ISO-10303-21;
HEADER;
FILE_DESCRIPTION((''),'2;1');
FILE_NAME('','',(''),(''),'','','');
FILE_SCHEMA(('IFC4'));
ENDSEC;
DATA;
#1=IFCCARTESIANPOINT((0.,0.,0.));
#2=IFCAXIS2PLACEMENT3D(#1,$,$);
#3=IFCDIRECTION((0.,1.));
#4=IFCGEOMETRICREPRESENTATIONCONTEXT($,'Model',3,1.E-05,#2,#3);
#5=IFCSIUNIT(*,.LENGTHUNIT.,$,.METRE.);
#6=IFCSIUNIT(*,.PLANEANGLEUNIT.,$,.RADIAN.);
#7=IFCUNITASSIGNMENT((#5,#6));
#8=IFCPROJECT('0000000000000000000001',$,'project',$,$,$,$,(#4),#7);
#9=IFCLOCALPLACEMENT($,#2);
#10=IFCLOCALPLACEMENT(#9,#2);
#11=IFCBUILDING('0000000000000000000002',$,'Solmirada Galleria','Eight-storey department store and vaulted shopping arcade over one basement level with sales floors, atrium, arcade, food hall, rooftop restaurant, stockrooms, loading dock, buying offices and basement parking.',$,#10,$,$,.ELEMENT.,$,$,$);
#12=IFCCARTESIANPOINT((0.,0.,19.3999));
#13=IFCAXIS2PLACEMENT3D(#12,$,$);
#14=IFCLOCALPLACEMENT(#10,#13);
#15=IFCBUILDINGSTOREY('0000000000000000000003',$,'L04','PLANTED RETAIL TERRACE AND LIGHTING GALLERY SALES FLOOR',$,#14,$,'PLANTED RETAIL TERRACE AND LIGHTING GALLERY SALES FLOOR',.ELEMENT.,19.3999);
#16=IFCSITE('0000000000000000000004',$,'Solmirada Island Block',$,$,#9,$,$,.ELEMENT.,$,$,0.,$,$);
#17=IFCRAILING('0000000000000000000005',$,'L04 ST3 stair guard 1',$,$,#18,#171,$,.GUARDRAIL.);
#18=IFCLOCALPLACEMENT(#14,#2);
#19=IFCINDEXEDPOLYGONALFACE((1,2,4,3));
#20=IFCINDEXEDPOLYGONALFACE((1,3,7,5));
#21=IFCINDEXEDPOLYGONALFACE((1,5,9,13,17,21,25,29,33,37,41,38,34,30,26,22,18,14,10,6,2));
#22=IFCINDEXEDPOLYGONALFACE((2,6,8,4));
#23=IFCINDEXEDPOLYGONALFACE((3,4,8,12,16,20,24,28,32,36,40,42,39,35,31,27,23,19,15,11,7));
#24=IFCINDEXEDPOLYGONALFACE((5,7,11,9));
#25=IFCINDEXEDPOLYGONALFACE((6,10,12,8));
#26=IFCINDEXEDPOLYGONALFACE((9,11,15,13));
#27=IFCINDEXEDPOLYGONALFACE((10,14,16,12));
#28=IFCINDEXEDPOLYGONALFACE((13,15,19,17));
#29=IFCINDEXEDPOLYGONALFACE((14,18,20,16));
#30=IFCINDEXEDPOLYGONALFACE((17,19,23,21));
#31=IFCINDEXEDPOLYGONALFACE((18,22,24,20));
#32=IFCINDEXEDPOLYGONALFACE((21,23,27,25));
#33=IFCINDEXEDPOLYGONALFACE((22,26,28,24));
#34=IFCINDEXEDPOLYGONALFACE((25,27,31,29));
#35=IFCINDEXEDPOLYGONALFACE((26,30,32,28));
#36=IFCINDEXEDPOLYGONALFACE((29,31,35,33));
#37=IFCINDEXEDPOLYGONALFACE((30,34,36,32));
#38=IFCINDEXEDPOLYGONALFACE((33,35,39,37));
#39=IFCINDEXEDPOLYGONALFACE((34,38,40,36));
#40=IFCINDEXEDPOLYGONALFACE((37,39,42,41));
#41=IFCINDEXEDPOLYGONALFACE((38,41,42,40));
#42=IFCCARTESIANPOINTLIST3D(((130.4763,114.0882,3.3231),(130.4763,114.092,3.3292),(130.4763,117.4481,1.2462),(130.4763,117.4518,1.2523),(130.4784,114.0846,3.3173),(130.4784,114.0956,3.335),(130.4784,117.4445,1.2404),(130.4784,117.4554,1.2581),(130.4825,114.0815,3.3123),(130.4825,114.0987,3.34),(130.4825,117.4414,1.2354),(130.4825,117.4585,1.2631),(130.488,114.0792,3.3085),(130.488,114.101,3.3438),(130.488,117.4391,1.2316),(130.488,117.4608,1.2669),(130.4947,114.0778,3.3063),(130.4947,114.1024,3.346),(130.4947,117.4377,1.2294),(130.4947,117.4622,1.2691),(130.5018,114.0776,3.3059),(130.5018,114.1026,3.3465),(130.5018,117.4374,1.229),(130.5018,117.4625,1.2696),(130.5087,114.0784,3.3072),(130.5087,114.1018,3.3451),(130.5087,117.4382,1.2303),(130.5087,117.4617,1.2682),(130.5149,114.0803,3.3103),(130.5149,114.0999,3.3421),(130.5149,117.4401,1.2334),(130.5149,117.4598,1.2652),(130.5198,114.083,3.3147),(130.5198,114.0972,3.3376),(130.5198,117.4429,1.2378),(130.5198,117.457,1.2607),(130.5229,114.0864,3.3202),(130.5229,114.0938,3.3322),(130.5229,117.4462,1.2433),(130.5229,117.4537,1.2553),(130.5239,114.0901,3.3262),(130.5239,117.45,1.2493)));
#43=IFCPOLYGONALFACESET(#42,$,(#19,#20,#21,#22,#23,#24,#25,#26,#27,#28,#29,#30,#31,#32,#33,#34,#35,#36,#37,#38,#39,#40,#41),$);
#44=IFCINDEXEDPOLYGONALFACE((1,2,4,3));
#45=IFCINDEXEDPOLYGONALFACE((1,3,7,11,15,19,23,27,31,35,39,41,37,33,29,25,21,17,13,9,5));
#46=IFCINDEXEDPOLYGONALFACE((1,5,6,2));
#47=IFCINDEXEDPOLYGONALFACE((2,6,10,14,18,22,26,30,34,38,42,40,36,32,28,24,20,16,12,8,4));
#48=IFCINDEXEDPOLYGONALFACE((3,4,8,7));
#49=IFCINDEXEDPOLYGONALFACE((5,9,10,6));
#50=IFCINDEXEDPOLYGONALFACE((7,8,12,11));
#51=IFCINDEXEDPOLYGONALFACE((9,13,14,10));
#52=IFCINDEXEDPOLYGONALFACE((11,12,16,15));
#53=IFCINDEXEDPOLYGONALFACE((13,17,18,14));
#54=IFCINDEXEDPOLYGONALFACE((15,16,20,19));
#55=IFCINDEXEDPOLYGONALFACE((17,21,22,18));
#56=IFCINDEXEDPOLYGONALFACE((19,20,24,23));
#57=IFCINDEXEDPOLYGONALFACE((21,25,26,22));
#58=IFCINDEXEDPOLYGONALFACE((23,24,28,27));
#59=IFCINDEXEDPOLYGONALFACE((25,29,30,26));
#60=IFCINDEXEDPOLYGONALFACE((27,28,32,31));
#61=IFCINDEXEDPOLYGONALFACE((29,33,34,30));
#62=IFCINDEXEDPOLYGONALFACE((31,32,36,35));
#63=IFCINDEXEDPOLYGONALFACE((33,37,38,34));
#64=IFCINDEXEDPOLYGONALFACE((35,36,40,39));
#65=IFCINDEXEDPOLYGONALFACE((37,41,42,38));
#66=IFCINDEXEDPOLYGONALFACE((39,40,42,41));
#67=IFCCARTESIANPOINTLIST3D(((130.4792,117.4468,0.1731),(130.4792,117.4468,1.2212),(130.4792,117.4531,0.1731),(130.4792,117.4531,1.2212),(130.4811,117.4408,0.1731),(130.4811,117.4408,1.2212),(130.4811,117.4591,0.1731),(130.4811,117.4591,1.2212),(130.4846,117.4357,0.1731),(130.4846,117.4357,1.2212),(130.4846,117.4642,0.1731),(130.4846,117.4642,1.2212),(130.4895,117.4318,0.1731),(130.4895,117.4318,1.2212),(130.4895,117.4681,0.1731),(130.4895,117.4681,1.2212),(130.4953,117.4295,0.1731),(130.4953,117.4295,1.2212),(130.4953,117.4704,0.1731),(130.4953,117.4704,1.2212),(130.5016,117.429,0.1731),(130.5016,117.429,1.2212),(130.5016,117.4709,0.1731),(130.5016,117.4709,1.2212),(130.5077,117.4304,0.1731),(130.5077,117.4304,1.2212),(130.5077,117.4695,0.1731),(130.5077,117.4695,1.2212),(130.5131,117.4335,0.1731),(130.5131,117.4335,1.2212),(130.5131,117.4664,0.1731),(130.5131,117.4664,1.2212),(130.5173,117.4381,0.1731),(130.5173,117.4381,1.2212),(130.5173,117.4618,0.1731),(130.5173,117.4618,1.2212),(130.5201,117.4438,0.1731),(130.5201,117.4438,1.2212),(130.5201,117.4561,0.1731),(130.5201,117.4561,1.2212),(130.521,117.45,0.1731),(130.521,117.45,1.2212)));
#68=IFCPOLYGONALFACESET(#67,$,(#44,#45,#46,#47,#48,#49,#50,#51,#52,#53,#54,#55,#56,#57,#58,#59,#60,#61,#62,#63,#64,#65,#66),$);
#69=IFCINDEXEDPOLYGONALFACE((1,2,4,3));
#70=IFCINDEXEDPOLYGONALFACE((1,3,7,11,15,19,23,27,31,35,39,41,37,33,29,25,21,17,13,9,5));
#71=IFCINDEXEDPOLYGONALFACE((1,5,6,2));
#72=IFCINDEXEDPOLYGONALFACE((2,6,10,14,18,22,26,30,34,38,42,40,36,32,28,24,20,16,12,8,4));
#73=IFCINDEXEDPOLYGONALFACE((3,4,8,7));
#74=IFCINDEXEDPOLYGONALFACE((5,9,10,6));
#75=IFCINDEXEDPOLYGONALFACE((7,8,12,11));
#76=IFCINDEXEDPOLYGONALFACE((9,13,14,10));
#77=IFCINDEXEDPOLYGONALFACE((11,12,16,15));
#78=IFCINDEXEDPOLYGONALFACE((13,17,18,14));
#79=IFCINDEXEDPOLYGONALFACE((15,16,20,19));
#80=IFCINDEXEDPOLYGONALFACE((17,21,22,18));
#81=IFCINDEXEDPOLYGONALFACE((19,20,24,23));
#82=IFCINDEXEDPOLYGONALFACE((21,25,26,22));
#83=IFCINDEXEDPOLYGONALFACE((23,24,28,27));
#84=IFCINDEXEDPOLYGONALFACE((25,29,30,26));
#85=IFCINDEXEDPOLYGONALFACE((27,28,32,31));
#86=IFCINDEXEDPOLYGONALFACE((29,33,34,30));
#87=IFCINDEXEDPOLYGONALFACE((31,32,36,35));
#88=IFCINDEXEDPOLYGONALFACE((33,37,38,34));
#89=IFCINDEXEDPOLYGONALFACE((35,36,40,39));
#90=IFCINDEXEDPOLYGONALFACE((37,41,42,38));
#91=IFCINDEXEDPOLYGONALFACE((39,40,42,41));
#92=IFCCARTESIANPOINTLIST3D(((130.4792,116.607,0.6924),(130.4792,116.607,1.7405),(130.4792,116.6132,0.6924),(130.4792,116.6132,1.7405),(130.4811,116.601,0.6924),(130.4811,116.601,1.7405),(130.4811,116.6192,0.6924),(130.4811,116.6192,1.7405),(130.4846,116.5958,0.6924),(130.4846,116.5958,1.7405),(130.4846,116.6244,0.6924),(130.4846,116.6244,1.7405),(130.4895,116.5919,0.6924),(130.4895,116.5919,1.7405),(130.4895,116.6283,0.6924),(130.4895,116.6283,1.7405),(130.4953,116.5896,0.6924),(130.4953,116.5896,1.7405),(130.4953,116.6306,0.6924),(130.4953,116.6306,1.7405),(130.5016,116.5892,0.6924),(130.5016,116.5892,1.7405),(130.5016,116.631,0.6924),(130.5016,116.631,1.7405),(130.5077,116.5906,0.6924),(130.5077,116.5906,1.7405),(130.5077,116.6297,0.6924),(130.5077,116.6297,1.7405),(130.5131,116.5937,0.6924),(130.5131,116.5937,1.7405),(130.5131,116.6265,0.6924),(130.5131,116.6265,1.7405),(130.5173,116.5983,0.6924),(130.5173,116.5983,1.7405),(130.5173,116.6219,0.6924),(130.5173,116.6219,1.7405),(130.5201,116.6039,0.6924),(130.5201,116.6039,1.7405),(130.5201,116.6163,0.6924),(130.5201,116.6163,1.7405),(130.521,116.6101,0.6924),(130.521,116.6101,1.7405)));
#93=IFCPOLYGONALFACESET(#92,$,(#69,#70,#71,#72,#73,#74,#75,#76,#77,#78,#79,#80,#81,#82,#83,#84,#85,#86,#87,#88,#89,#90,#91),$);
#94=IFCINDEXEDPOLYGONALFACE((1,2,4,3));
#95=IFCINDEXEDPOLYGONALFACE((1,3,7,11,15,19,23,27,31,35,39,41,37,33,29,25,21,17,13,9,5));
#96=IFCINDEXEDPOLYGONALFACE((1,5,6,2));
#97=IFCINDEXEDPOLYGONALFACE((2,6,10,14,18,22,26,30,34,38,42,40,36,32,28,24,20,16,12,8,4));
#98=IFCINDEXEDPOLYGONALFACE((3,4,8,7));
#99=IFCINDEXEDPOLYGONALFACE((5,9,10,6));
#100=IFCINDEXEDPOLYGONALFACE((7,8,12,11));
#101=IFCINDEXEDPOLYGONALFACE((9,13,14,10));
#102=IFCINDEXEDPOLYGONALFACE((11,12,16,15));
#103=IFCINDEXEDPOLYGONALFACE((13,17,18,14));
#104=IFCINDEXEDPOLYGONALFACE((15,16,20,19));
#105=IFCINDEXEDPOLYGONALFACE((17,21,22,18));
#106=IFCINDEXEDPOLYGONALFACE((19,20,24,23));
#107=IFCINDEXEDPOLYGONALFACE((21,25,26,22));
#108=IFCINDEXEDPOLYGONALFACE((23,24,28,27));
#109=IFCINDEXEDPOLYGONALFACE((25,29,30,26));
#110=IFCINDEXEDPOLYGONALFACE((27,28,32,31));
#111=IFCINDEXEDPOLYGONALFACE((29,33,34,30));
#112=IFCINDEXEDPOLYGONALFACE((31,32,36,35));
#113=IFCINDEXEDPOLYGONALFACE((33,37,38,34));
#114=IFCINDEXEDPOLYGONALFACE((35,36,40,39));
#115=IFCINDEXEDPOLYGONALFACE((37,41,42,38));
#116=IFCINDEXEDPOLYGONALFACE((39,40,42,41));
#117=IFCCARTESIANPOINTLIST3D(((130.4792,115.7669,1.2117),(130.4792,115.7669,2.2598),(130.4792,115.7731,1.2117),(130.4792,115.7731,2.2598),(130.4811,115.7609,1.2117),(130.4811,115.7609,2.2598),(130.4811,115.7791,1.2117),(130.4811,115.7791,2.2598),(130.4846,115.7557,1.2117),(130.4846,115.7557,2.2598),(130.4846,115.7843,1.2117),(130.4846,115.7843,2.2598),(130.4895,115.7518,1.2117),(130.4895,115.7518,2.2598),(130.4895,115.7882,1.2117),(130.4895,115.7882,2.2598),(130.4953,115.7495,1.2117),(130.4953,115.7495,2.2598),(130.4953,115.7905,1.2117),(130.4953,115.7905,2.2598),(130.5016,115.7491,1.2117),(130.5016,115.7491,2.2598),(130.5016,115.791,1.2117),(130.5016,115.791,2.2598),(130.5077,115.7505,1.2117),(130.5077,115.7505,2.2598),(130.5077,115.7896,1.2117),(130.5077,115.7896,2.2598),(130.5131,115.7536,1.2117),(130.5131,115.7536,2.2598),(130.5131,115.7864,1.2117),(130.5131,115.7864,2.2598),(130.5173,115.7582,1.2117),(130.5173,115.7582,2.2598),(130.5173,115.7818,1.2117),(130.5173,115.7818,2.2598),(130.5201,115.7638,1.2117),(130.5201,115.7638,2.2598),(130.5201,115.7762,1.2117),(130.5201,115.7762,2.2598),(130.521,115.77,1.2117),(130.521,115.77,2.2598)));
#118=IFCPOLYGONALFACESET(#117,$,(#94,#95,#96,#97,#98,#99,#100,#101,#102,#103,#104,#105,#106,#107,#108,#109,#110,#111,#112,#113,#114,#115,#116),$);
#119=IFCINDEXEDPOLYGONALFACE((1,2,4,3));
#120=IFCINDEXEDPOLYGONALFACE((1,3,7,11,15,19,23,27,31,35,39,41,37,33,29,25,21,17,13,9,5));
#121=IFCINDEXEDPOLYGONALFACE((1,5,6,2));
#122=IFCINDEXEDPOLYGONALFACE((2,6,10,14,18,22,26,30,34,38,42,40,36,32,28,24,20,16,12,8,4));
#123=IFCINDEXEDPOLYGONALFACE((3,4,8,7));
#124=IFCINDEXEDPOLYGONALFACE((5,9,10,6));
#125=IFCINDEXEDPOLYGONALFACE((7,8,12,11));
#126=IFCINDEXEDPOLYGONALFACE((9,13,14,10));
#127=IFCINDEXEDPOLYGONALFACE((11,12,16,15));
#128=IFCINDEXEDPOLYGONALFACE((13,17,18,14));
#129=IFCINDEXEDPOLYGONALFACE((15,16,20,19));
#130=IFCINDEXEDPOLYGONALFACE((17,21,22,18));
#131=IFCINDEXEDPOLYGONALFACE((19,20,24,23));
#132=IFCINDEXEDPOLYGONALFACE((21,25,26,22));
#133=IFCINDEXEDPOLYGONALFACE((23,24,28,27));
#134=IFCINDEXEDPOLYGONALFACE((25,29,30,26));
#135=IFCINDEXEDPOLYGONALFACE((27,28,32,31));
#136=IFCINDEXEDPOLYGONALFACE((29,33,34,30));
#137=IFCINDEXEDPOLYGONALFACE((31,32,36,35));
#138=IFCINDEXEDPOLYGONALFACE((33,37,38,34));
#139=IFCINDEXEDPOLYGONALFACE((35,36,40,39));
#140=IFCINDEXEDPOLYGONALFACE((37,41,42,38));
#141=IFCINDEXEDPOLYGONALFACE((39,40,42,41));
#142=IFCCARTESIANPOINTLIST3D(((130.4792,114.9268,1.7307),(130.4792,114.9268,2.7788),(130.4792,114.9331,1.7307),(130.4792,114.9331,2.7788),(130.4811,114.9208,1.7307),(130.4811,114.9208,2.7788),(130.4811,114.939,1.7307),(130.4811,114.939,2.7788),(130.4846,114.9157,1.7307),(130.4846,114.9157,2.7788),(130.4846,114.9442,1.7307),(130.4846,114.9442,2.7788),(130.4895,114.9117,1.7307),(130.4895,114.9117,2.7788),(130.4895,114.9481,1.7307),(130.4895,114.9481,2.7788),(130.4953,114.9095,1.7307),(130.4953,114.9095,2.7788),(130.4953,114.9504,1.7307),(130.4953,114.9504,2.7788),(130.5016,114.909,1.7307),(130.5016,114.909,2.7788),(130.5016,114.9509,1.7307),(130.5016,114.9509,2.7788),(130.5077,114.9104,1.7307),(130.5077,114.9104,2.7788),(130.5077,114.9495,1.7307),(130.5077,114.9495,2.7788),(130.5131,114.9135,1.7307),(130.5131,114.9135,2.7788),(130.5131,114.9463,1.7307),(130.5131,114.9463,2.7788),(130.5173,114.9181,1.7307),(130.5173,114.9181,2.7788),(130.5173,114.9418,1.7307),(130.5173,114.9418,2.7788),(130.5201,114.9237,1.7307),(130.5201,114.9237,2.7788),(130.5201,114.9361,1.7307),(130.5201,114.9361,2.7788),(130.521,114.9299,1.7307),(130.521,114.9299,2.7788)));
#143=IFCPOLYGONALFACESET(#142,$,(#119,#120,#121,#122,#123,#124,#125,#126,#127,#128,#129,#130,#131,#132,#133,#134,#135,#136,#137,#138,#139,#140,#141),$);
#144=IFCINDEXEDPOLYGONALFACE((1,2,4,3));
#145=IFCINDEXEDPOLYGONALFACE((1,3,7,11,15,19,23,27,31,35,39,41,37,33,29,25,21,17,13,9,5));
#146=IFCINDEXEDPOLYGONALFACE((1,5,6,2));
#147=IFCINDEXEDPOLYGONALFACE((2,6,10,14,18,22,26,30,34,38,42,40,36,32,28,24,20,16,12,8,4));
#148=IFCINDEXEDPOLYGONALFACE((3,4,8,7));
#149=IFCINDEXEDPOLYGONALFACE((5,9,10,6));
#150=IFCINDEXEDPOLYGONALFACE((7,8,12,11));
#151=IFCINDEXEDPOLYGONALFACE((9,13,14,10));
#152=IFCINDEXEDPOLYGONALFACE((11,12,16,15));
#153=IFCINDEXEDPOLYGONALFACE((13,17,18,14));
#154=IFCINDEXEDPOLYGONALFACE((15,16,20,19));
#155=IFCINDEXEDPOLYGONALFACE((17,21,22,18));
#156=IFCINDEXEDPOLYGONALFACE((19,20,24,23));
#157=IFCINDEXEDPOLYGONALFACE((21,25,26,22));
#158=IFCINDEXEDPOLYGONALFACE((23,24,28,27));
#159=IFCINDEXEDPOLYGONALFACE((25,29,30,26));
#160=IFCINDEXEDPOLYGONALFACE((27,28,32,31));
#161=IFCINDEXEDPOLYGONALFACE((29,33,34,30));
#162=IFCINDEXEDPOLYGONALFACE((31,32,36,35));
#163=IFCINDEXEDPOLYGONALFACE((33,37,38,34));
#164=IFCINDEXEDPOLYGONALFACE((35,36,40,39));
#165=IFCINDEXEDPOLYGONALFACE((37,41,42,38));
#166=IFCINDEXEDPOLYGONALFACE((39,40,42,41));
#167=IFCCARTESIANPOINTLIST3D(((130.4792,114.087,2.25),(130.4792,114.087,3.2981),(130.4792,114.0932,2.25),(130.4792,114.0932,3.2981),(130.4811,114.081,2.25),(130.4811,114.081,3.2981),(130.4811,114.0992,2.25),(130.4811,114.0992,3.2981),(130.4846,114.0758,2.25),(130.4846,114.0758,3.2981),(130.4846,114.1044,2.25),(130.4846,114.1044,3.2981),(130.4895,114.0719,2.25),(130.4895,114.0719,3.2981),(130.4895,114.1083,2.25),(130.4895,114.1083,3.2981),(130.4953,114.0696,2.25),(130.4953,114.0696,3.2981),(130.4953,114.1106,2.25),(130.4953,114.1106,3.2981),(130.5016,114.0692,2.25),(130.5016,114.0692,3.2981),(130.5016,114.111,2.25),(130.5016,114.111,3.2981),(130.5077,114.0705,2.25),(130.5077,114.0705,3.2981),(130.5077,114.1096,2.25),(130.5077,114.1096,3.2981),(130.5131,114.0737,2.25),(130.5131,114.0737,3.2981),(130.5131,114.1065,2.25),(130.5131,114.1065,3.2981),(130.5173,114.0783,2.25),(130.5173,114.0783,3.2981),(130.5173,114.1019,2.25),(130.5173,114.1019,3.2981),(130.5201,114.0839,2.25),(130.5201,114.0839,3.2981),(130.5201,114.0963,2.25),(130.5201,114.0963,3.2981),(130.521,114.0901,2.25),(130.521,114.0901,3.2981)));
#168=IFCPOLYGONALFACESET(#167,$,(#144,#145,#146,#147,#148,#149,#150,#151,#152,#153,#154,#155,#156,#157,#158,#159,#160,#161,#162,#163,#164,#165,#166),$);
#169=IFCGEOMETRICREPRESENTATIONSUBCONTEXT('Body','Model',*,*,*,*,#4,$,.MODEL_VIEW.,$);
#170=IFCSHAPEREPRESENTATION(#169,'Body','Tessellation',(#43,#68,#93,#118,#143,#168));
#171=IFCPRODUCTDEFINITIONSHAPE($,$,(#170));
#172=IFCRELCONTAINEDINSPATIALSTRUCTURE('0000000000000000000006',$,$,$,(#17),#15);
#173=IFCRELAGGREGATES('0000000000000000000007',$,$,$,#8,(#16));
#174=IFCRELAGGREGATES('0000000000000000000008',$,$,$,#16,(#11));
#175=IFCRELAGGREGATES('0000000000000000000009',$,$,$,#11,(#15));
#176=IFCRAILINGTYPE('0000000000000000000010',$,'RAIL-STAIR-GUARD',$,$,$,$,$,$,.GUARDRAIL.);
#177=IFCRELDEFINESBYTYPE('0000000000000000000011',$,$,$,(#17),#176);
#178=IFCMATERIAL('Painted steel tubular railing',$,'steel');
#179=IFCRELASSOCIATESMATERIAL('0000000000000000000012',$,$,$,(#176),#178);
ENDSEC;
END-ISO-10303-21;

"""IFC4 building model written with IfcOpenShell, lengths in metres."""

from ifc_helpers import new_model, si_unit, direction, frame, origin, origin_2d, place, context, subcontext, project, spatial, circle, extrude, material, type_object, element, save


model = new_model("IFC4")

# Units and contexts
model_context = context("Model", 3, precision=1e-05, world=origin(), true_north=direction((0.0, 1.0)))
body_context = subcontext(model_context, "Body", "Model", "MODEL_VIEW")
ifc_project = project(units=[si_unit("LENGTHUNIT", "METRE"), si_unit("PLANEANGLEUNIT", "RADIAN")], contexts=[model_context])

# Site, building, storey
site_placement = place(None, origin())
site = spatial("IfcSite", under=ifc_project, at=site_placement, Name="Solmirada Island Block", CompositionType="ELEMENT", RefElevation=0.0)
building_placement = place(site_placement, origin())
building = spatial("IfcBuilding", under=site, at=building_placement, Name="Solmirada Galleria", Description="Eight-storey department store and vaulted shopping arcade over one basement level with sales floors, atrium, arcade, food hall, rooftop restaurant, stockrooms, loading dock, buying offices and basement parking.", CompositionType="ELEMENT")
storey_placement = place(building_placement, frame((0.0, 0.0, 19.3999)))
storey = spatial("IfcBuildingStorey", under=building, at=storey_placement, Name="L04", Description="PLANTED RETAIL TERRACE AND LIGHTING GALLERY SALES FLOOR", LongName="PLANTED RETAIL TERRACE AND LIGHTING GALLERY SALES FLOOR", CompositionType="ELEMENT", Elevation=19.3999)

# Railing
ifc_material_1 = material(Name="Painted steel tubular railing", Category="steel")
railing_type_1 = type_object("IfcRailingType", Name="RAIL-STAIR-GUARD", PredefinedType="GUARDRAIL", material=ifc_material_1)
railing_1_placement = place(storey_placement, frame((130.5, 117.45, 0.1731)))
element("IfcRailing", 1, at=railing_1_placement, inside=storey, type_object=railing_type_1, Name="L04 ST3 stair guard 1", PredefinedType="GUARDRAIL", context=body_context, shape_type="SweptSolid", body=[
    extrude(circle(Radius=0.0239, at=origin_2d()), frame((0.0, 0.0, 1.0762), z_axis=(0.0, -0.850606, 0.525803), x_axis=(1.0, 0.0, 0.0)), (0.0, 0.0, 1.0), 3.95),
    extrude(circle(Radius=0.021, at=origin_2d()), origin(), (0.0, 0.0, 1.0), 1.0481),
    extrude(circle(Radius=0.021, at=origin_2d()), frame((0.0, -0.8398, 0.5193)), (0.0, 0.0, 1.0), 1.0481),
    extrude(circle(Radius=0.021, at=origin_2d()), frame((0.0, -1.6799, 1.0386)), (0.0, 0.0, 1.0), 1.0481),
    extrude(circle(Radius=0.021, at=origin_2d()), frame((0.0, -2.52, 1.5576)), (0.0, 0.0, 1.0), 1.0481),
    extrude(circle(Radius=0.021, at=origin_2d()), frame((0.0, -3.3599, 2.0769)), (0.0, 0.0, 1.0), 1.0481),
])

save(model, "model.ifc")
